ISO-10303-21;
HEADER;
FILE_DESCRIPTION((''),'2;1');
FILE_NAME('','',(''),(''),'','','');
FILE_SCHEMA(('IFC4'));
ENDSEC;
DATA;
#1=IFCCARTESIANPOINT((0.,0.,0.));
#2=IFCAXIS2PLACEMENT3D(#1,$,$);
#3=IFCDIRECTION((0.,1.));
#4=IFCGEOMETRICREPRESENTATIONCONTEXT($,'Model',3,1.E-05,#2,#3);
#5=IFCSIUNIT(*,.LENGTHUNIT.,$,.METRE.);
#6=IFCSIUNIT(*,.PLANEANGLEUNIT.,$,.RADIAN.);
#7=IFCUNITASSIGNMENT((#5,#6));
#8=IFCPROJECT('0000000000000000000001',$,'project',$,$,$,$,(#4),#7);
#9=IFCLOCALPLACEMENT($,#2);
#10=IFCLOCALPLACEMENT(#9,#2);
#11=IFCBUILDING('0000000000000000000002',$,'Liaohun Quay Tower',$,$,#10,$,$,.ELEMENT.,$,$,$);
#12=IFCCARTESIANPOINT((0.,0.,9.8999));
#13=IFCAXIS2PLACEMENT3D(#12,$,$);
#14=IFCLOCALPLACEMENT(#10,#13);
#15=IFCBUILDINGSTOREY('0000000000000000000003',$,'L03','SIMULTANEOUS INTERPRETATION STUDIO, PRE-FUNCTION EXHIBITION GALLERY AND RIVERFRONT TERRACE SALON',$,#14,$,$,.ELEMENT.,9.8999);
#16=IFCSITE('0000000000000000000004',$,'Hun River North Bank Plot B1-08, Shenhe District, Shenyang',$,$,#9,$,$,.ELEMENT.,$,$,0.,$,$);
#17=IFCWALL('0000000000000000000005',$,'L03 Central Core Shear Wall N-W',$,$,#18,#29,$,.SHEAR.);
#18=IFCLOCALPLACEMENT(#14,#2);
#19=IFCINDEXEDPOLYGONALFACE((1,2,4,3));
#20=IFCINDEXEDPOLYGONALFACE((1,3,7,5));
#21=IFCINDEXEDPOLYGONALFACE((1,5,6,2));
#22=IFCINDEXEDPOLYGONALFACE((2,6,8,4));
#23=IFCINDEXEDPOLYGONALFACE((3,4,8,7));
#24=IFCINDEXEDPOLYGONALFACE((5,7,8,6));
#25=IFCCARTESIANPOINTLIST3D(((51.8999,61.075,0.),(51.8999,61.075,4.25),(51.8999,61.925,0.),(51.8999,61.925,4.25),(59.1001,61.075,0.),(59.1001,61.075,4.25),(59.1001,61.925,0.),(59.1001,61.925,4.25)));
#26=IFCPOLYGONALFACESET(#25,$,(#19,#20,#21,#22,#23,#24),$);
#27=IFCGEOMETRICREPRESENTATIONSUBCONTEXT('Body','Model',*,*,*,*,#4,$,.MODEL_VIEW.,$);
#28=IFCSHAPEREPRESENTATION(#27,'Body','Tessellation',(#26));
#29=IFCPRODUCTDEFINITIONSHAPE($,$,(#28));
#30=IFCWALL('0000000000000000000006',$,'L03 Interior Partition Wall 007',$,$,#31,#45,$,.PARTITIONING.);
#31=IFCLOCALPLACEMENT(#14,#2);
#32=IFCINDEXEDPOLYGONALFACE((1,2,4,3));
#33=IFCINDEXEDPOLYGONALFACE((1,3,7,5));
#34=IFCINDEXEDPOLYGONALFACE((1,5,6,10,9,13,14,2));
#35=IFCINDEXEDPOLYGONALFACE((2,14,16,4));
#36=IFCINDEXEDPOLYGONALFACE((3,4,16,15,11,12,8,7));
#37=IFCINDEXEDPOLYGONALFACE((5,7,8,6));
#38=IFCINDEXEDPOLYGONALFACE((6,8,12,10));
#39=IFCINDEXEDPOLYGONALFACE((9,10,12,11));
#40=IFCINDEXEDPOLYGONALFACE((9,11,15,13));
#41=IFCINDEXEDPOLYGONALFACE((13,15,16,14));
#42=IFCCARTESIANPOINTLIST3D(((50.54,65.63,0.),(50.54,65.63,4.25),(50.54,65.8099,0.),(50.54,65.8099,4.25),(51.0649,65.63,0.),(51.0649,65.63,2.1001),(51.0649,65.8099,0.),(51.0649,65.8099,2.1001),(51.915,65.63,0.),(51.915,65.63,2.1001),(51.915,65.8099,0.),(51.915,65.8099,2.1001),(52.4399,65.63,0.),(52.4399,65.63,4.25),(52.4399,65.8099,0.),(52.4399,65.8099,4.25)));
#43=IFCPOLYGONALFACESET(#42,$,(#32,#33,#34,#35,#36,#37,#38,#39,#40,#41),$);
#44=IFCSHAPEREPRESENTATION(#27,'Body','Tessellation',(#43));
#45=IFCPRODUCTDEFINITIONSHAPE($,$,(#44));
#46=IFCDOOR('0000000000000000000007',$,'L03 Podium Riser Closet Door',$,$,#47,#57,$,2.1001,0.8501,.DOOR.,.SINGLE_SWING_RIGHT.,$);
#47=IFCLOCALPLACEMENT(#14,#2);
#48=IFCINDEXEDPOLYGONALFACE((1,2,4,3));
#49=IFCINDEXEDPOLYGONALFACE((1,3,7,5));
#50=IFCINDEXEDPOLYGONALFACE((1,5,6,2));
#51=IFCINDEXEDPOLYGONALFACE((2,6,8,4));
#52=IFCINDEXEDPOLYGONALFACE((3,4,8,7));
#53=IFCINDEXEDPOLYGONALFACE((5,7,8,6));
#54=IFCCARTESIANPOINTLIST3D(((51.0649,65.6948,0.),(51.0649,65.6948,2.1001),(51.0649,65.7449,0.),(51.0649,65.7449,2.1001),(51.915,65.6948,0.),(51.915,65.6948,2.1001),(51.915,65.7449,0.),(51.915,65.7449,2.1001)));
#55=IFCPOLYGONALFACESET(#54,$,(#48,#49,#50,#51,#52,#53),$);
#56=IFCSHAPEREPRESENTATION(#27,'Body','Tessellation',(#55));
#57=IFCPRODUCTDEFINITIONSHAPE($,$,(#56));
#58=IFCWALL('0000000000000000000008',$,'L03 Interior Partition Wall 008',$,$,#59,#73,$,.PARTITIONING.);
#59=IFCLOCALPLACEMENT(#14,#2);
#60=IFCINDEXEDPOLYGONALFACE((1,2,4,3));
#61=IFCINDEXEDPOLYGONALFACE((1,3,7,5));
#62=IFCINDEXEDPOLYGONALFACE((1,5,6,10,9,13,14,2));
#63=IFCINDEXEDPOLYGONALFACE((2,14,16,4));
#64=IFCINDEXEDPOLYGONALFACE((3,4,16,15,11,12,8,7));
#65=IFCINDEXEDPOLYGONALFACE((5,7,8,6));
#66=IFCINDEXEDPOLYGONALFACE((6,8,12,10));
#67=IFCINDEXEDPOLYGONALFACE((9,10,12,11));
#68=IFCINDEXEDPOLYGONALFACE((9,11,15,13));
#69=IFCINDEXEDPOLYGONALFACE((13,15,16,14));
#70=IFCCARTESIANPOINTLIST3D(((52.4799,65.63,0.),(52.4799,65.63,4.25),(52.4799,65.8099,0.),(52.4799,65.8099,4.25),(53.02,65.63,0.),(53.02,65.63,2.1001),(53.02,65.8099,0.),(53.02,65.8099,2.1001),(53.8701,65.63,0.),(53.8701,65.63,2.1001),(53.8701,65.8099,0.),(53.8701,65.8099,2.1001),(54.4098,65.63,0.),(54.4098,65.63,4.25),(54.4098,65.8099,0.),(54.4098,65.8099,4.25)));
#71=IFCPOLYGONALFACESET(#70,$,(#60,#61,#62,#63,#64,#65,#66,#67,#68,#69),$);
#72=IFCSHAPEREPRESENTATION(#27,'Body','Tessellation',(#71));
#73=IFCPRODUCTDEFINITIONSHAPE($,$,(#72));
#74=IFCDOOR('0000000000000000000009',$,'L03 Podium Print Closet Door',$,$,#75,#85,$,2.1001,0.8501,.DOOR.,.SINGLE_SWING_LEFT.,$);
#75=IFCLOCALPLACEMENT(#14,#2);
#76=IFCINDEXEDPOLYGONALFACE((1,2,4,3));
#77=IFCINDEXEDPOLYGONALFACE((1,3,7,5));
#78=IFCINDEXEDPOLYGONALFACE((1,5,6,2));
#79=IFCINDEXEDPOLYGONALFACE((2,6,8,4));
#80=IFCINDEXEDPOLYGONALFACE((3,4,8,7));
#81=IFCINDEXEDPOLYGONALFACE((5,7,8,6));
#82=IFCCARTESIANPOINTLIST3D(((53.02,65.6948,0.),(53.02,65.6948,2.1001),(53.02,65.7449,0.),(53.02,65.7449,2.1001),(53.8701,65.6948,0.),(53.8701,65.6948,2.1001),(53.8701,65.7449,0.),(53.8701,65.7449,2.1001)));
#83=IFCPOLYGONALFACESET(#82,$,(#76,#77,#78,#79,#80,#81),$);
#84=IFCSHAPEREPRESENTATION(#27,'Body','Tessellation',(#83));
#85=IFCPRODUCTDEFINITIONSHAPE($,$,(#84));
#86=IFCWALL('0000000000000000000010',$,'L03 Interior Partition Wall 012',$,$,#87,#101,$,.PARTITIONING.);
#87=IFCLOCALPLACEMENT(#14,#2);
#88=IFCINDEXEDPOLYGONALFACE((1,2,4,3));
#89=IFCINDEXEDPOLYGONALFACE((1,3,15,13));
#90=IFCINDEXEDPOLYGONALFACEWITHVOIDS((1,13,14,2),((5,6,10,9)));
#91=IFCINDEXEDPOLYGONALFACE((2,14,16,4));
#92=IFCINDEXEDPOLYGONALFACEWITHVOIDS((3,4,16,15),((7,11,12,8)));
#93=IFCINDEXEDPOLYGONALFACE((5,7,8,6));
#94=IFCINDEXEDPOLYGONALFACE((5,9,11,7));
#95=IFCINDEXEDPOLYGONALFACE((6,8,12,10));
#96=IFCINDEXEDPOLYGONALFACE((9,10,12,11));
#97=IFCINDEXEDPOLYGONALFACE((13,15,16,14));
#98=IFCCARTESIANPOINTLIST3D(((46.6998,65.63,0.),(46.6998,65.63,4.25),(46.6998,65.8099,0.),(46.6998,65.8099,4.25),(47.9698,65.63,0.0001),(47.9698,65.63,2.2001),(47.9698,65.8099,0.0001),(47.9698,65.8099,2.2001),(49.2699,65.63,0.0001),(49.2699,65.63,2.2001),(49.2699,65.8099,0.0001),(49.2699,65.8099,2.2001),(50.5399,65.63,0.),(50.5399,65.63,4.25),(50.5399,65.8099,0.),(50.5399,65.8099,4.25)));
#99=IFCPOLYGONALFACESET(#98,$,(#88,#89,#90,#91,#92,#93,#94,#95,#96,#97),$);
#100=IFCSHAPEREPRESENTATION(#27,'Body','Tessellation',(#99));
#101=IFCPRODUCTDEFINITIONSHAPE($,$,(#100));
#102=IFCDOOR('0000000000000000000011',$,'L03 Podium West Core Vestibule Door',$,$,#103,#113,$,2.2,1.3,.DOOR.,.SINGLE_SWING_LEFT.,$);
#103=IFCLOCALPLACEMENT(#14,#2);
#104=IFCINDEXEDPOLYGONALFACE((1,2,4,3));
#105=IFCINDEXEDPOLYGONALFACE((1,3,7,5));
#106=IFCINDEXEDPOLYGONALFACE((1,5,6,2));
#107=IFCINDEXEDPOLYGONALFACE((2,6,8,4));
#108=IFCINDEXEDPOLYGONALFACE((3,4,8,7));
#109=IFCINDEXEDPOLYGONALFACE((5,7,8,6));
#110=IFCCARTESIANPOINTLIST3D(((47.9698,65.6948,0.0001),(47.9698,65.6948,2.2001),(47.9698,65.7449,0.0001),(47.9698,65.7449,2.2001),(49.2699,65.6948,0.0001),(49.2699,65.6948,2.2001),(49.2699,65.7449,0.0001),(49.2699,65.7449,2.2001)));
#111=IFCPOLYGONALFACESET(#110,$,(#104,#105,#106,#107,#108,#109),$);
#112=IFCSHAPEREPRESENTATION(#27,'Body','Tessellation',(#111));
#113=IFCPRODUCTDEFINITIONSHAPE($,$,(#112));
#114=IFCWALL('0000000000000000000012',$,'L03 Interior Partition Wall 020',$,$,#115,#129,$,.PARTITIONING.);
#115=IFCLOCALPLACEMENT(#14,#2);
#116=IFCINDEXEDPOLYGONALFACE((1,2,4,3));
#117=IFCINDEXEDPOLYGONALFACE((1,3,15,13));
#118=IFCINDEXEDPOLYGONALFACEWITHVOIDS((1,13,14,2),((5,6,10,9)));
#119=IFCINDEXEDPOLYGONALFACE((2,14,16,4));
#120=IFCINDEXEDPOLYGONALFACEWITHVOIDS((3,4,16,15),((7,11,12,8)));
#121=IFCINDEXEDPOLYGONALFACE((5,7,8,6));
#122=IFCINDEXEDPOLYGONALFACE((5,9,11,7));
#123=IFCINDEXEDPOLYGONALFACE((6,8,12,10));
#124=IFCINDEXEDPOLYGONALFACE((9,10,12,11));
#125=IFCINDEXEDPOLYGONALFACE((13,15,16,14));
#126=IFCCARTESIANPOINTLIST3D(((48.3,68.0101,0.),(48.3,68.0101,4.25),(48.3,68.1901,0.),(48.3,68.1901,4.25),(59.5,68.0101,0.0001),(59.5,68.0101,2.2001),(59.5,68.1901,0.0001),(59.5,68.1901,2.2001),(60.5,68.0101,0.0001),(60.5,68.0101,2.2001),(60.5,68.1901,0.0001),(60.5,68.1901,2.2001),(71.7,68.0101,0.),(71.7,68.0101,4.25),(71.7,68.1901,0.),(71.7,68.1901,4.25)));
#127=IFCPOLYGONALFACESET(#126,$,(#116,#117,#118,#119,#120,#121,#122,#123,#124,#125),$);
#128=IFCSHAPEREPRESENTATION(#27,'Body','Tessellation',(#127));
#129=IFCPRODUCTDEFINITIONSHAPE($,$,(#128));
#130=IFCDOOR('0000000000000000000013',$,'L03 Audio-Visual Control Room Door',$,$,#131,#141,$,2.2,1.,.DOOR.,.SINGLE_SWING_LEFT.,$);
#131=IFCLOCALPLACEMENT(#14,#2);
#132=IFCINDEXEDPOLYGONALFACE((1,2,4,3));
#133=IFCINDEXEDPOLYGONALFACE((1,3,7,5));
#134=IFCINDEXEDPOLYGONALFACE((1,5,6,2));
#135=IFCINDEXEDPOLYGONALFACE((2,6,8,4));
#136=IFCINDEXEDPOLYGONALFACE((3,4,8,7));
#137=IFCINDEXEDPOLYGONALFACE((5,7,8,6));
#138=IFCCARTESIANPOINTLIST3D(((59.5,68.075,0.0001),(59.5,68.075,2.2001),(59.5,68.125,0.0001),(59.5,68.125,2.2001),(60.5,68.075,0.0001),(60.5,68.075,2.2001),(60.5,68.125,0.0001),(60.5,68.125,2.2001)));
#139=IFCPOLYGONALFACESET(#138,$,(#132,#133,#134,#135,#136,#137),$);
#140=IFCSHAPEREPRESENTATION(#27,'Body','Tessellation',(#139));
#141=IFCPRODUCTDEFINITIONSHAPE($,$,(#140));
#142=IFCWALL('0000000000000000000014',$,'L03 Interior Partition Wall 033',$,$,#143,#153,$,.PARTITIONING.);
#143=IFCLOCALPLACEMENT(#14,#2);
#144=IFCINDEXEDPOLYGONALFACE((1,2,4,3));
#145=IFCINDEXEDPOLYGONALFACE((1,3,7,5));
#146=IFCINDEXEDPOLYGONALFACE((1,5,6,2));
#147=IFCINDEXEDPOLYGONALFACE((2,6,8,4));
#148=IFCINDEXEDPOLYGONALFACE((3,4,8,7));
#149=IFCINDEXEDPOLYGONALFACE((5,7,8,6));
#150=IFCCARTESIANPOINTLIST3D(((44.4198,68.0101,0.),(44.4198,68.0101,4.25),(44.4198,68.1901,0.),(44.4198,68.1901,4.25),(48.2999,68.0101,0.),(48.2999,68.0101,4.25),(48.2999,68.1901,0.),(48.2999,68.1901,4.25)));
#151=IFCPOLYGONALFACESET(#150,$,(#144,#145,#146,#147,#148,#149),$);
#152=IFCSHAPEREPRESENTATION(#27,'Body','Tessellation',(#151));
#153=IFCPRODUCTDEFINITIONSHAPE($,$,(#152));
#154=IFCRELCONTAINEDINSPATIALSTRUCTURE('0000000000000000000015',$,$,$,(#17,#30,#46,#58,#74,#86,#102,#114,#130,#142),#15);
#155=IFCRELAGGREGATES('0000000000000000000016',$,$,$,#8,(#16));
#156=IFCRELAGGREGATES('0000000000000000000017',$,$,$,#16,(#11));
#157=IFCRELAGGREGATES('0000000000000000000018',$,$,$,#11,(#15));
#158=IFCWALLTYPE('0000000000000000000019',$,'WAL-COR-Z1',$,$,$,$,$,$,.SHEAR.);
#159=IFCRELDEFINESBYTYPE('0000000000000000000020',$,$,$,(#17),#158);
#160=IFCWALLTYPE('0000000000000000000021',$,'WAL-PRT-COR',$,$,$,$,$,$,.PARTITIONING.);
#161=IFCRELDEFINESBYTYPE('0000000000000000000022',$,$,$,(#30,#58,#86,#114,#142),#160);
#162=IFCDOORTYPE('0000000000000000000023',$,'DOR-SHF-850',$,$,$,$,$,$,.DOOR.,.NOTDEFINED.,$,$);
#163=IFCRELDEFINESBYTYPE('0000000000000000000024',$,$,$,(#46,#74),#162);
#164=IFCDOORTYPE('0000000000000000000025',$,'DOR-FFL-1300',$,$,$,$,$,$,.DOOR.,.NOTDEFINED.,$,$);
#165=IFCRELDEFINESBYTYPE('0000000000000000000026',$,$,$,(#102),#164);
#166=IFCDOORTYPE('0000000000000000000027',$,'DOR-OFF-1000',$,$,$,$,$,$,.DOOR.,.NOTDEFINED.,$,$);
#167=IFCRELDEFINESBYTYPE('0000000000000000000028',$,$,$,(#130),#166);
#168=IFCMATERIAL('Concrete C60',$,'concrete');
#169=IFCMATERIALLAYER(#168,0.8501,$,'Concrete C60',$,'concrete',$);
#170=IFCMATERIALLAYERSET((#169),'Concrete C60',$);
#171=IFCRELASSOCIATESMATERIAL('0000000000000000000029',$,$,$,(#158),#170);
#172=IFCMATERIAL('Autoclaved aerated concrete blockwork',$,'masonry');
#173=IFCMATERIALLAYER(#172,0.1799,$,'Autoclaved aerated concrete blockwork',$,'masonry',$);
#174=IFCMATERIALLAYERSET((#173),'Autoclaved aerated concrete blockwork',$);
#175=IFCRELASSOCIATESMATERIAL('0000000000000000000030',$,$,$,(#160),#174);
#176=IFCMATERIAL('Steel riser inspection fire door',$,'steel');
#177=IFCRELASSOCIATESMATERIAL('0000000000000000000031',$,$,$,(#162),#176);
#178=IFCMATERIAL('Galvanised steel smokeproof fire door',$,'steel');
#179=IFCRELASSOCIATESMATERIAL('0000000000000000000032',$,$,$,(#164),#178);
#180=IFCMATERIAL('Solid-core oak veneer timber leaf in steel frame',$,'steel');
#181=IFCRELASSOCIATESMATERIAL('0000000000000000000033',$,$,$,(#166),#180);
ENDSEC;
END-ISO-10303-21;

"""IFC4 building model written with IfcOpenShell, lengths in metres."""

from ifc_helpers import new_model, si_unit, direction, frame, frame_2d, origin, place, context, subcontext, project, spatial, rectangle, extrude, source, transform, mapped, material, layer, layer_set, type_object, element, fill, save


model = new_model("IFC4")

# Units and contexts
model_context = context("Model", 3, precision=1e-05, world=origin(), true_north=direction((0.0, 1.0)))
body_context = subcontext(model_context, "Body", "Model", "MODEL_VIEW")
ifc_project = project(units=[si_unit("LENGTHUNIT", "METRE"), si_unit("PLANEANGLEUNIT", "RADIAN")], contexts=[model_context])

# Site, building, storey
site_placement = place(None, origin())
site = spatial("IfcSite", under=ifc_project, at=site_placement, Name="Hun River North Bank Plot B1-08, Shenhe District, Shenyang", CompositionType="ELEMENT", RefElevation=0.0)
building_placement = place(site_placement, origin())
building = spatial("IfcBuilding", under=site, at=building_placement, Name="Liaohun Quay Tower", CompositionType="ELEMENT")
storey_placement = place(building_placement, frame((0.0, 0.0, 9.8999)))
storey = spatial("IfcBuildingStorey", under=building, at=storey_placement, Name="L03", Description="SIMULTANEOUS INTERPRETATION STUDIO, PRE-FUNCTION EXHIBITION GALLERY AND RIVERFRONT TERRACE SALON", CompositionType="ELEMENT", Elevation=9.8999)

# Shared definitions
ifc_material_1 = material(Name="Concrete C60", Category="concrete")

# Wall
ifc_layer_1 = layer(ifc_material_1, 0.8501, Name="Concrete C60", Category="concrete")
ifc_layer_set_1 = layer_set([ifc_layer_1], Name="Concrete C60")
wall_type_1 = type_object("IfcWallType", Name="WAL-COR-Z1", PredefinedType="SHEAR", material=ifc_layer_set_1)
wall_1_placement = place(storey_placement, frame((51.8999, 61.5, 0.0), z_axis=(0.0, 0.0, 1.0), x_axis=(1.0, 0.0, 0.0)))
element("IfcWall", 1, at=wall_1_placement, inside=storey, type_object=wall_type_1, Name="L03 Central Core Shear Wall N-W", PredefinedType="SHEAR", context=body_context, shape_type="SweptSolid", body=[
    extrude(rectangle(XDim=7.2002, YDim=0.8501, at=frame_2d((3.6001, 0.0))), origin(), (0.0, 0.0, 1.0), 4.25),
])

# Walls, openings, doors
ifc_material_2 = material(Name="Autoclaved aerated concrete blockwork", Category="masonry")
ifc_layer_2 = layer(ifc_material_2, 0.1799, Name="Autoclaved aerated concrete blockwork", Category="masonry")
ifc_layer_set_2 = layer_set([ifc_layer_2], Name="Autoclaved aerated concrete blockwork")
wall_type_2 = type_object("IfcWallType", Name="WAL-PRT-COR", PredefinedType="PARTITIONING", material=ifc_layer_set_2)
wall_2_placement = place(storey_placement, frame((50.54, 65.72, 0.0), z_axis=(0.0, 0.0, 1.0), x_axis=(1.0, 0.0, 0.0)))
wall_2 = element("IfcWall", 2, at=wall_2_placement, inside=storey, type_object=wall_type_2, Name="L03 Interior Partition Wall 007", PredefinedType="PARTITIONING", context=body_context, shape_type="SweptSolid", body=[
    extrude(rectangle(XDim=1.8999, YDim=0.1799, at=frame_2d((0.95, 0.0))), origin(), (0.0, 0.0, 1.0), 4.25),
])
shared_shape_1 = source(origin(), body_context, "Body", "SweptSolid", [
    extrude(rectangle(XDim=0.8501, YDim=2.1001, at=frame_2d((0.425, 1.05))), frame((0.0, 0.0999, 0.0), z_axis=(0.0, -1.0, 0.0), x_axis=(1.0, 0.0, 0.0)), (0.0, 0.0, 1.0), 0.2),
])
opening_1_placement = place(wall_2_placement, frame((0.5249, 0.0, 0.0)))
opening_1 = element("IfcOpeningElement", 3, at=opening_1_placement, cuts=wall_2, PredefinedType="OPENING", context=body_context, shape_type="MappedRepresentation", body=[
    mapped(shared_shape_1, transform((0.0, 0.0, 0.0), x_axis=(1.0, 0.0, 0.0), y_axis=(0.0, 1.0, 0.0), z_axis=(0.0, 0.0, 1.0), scale=1.0)),
])
ifc_material_3 = material(Name="Steel riser inspection fire door", Category="steel")
door_type_1 = type_object("IfcDoorType", Name="DOR-SHF-850", OperationType="NOTDEFINED", PredefinedType="DOOR", material=ifc_material_3)
shared_shape_2 = source(origin(), body_context, "Body", "SweptSolid", [
    extrude(rectangle(XDim=0.8501, YDim=2.1001, at=frame_2d((0.425, 1.05))), frame((0.0, 0.0249, 0.0), z_axis=(0.0, -1.0, 0.0), x_axis=(1.0, 0.0, 0.0)), (0.0, 0.0, 1.0), 0.05),
])
door_1_placement = place(opening_1_placement, origin())
door_1 = element("IfcDoor", 4, at=door_1_placement, inside=storey, type_object=door_type_1, Name="L03 Podium Riser Closet Door", OperationType="SINGLE_SWING_RIGHT", OverallHeight=2.1001, OverallWidth=0.8501, PredefinedType="DOOR", context=body_context, shape_type="MappedRepresentation", body=[
    mapped(shared_shape_2, transform((0.0, 0.0, 0.0), x_axis=(1.0, 0.0, 0.0), y_axis=(0.0, 1.0, 0.0), z_axis=(0.0, 0.0, 1.0), scale=1.0)),
])
fill(opening_1, door_1)
wall_3_placement = place(storey_placement, frame((52.48, 65.72, 0.0), z_axis=(0.0, 0.0, 1.0), x_axis=(1.0, 0.0, 0.0)))
wall_3 = element("IfcWall", 5, at=wall_3_placement, inside=storey, type_object=wall_type_2, Name="L03 Interior Partition Wall 008", PredefinedType="PARTITIONING", context=body_context, shape_type="SweptSolid", body=[
    extrude(rectangle(XDim=1.9299, YDim=0.1799, at=frame_2d((0.9648, 0.0))), origin(), (0.0, 0.0, 1.0), 4.25),
])
opening_2_placement = place(wall_3_placement, frame((0.54, 0.0, 0.0)))
opening_2 = element("IfcOpeningElement", 6, at=opening_2_placement, cuts=wall_3, PredefinedType="OPENING", context=body_context, shape_type="MappedRepresentation", body=[
    mapped(shared_shape_1, transform((0.0, 0.0, 0.0), x_axis=(1.0, 0.0, 0.0), y_axis=(0.0, 1.0, 0.0), z_axis=(0.0, 0.0, 1.0), scale=1.0)),
])
door_2_placement = place(opening_2_placement, origin())
door_2 = element("IfcDoor", 7, at=door_2_placement, inside=storey, type_object=door_type_1, Name="L03 Podium Print Closet Door", OperationType="SINGLE_SWING_LEFT", OverallHeight=2.1001, OverallWidth=0.8501, PredefinedType="DOOR", context=body_context, shape_type="MappedRepresentation", body=[
    mapped(shared_shape_2, transform((0.0, 0.0, 0.0), x_axis=(1.0, 0.0, 0.0), y_axis=(0.0, 1.0, 0.0), z_axis=(0.0, 0.0, 1.0), scale=1.0)),
])
fill(opening_2, door_2)
wall_4_placement = place(storey_placement, frame((46.7, 65.72, 0.0), z_axis=(0.0, 0.0, 1.0), x_axis=(1.0, 0.0, 0.0)))
wall_4 = element("IfcWall", 8, at=wall_4_placement, inside=storey, type_object=wall_type_2, Name="L03 Interior Partition Wall 012", PredefinedType="PARTITIONING", context=body_context, shape_type="SweptSolid", body=[
    extrude(rectangle(XDim=3.8401, YDim=0.1799, at=frame_2d((1.9199, 0.0))), origin(), (0.0, 0.0, 1.0), 4.25),
])
shared_shape_3 = source(origin(), body_context, "Body", "SweptSolid", [
    extrude(rectangle(XDim=1.3, YDim=2.2, at=frame_2d((0.6499, 1.1001))), frame((0.0, 0.0999, 0.0), z_axis=(0.0, -1.0, 0.0), x_axis=(1.0, 0.0, 0.0)), (0.0, 0.0, 1.0), 0.2),
])
opening_3_placement = place(wall_4_placement, frame((1.27, 0.0, 0.0)))
opening_3 = element("IfcOpeningElement", 9, at=opening_3_placement, cuts=wall_4, PredefinedType="OPENING", context=body_context, shape_type="MappedRepresentation", body=[
    mapped(shared_shape_3, transform((0.0, 0.0, 0.0), x_axis=(1.0, 0.0, 0.0), y_axis=(0.0, 1.0, 0.0), z_axis=(0.0, 0.0, 1.0), scale=1.0)),
])
ifc_material_4 = material(Name="Galvanised steel smokeproof fire door", Category="steel")
door_type_2 = type_object("IfcDoorType", Name="DOR-FFL-1300", OperationType="NOTDEFINED", PredefinedType="DOOR", material=ifc_material_4)
shared_shape_4 = source(origin(), body_context, "Body", "SweptSolid", [
    extrude(rectangle(XDim=1.3, YDim=2.2, at=frame_2d((0.6499, 1.1001))), frame((0.0, 0.0249, 0.0), z_axis=(0.0, -1.0, 0.0), x_axis=(1.0, 0.0, 0.0)), (0.0, 0.0, 1.0), 0.05),
])
door_3_placement = place(opening_3_placement, origin())
door_3 = element("IfcDoor", 10, at=door_3_placement, inside=storey, type_object=door_type_2, Name="L03 Podium West Core Vestibule Door", OperationType="SINGLE_SWING_LEFT", OverallHeight=2.2, OverallWidth=1.3, PredefinedType="DOOR", context=body_context, shape_type="MappedRepresentation", body=[
    mapped(shared_shape_4, transform((0.0, 0.0, 0.0), x_axis=(1.0, 0.0, 0.0), y_axis=(0.0, 1.0, 0.0), z_axis=(0.0, 0.0, 1.0), scale=1.0)),
])
fill(opening_3, door_3)
wall_5_placement = place(storey_placement, frame((48.3, 68.1001, 0.0), z_axis=(0.0, 0.0, 1.0), x_axis=(1.0, 0.0, 0.0)))
wall_5 = element("IfcWall", 11, at=wall_5_placement, inside=storey, type_object=wall_type_2, Name="L03 Interior Partition Wall 020", PredefinedType="PARTITIONING", context=body_context, shape_type="SweptSolid", body=[
    extrude(rectangle(XDim=23.3999, YDim=0.1799, at=frame_2d((11.7, 0.0))), origin(), (0.0, 0.0, 1.0), 4.25),
])
shared_shape_5 = source(origin(), body_context, "Body", "SweptSolid", [
    extrude(rectangle(XDim=1.0, YDim=2.2, at=frame_2d((0.5, 1.1001))), frame((0.0, 0.0999, 0.0), z_axis=(0.0, -1.0, 0.0), x_axis=(1.0, 0.0, 0.0)), (0.0, 0.0, 1.0), 0.2),
])
opening_4_placement = place(wall_5_placement, frame((11.2, 0.0, 0.0)))
opening_4 = element("IfcOpeningElement", 12, at=opening_4_placement, cuts=wall_5, PredefinedType="OPENING", context=body_context, shape_type="MappedRepresentation", body=[
    mapped(shared_shape_5, transform((0.0, 0.0, 0.0), x_axis=(1.0, 0.0, 0.0), y_axis=(0.0, 1.0, 0.0), z_axis=(0.0, 0.0, 1.0), scale=1.0)),
])
ifc_material_5 = material(Name="Solid-core oak veneer timber leaf in steel frame", Category="steel")
door_type_3 = type_object("IfcDoorType", Name="DOR-OFF-1000", OperationType="NOTDEFINED", PredefinedType="DOOR", material=ifc_material_5)
shared_shape_6 = source(origin(), body_context, "Body", "SweptSolid", [
    extrude(rectangle(XDim=1.0, YDim=2.2, at=frame_2d((0.5, 1.1001))), frame((0.0, 0.0249, 0.0), z_axis=(0.0, -1.0, 0.0), x_axis=(1.0, 0.0, 0.0)), (0.0, 0.0, 1.0), 0.05),
])
door_4_placement = place(opening_4_placement, origin())
door_4 = element("IfcDoor", 13, at=door_4_placement, inside=storey, type_object=door_type_3, Name="L03 Audio-Visual Control Room Door", OperationType="SINGLE_SWING_LEFT", OverallHeight=2.2, OverallWidth=1.0, PredefinedType="DOOR", context=body_context, shape_type="MappedRepresentation", body=[
    mapped(shared_shape_6, transform((0.0, 0.0, 0.0), x_axis=(1.0, 0.0, 0.0), y_axis=(0.0, 1.0, 0.0), z_axis=(0.0, 0.0, 1.0), scale=1.0)),
])
fill(opening_4, door_4)

# Wall
wall_6_placement = place(storey_placement, frame((44.4199, 68.1001, 0.0), z_axis=(0.0, 0.0, 1.0), x_axis=(1.0, 0.0, 0.0)))
element("IfcWall", 14, at=wall_6_placement, inside=storey, type_object=wall_type_2, Name="L03 Interior Partition Wall 033", PredefinedType="PARTITIONING", context=body_context, shape_type="SweptSolid", body=[
    extrude(rectangle(XDim=3.8801, YDim=0.1799, at=frame_2d((1.9399, 0.0))), origin(), (0.0, 0.0, 1.0), 4.25),
])

save(model, "model.ifc")
